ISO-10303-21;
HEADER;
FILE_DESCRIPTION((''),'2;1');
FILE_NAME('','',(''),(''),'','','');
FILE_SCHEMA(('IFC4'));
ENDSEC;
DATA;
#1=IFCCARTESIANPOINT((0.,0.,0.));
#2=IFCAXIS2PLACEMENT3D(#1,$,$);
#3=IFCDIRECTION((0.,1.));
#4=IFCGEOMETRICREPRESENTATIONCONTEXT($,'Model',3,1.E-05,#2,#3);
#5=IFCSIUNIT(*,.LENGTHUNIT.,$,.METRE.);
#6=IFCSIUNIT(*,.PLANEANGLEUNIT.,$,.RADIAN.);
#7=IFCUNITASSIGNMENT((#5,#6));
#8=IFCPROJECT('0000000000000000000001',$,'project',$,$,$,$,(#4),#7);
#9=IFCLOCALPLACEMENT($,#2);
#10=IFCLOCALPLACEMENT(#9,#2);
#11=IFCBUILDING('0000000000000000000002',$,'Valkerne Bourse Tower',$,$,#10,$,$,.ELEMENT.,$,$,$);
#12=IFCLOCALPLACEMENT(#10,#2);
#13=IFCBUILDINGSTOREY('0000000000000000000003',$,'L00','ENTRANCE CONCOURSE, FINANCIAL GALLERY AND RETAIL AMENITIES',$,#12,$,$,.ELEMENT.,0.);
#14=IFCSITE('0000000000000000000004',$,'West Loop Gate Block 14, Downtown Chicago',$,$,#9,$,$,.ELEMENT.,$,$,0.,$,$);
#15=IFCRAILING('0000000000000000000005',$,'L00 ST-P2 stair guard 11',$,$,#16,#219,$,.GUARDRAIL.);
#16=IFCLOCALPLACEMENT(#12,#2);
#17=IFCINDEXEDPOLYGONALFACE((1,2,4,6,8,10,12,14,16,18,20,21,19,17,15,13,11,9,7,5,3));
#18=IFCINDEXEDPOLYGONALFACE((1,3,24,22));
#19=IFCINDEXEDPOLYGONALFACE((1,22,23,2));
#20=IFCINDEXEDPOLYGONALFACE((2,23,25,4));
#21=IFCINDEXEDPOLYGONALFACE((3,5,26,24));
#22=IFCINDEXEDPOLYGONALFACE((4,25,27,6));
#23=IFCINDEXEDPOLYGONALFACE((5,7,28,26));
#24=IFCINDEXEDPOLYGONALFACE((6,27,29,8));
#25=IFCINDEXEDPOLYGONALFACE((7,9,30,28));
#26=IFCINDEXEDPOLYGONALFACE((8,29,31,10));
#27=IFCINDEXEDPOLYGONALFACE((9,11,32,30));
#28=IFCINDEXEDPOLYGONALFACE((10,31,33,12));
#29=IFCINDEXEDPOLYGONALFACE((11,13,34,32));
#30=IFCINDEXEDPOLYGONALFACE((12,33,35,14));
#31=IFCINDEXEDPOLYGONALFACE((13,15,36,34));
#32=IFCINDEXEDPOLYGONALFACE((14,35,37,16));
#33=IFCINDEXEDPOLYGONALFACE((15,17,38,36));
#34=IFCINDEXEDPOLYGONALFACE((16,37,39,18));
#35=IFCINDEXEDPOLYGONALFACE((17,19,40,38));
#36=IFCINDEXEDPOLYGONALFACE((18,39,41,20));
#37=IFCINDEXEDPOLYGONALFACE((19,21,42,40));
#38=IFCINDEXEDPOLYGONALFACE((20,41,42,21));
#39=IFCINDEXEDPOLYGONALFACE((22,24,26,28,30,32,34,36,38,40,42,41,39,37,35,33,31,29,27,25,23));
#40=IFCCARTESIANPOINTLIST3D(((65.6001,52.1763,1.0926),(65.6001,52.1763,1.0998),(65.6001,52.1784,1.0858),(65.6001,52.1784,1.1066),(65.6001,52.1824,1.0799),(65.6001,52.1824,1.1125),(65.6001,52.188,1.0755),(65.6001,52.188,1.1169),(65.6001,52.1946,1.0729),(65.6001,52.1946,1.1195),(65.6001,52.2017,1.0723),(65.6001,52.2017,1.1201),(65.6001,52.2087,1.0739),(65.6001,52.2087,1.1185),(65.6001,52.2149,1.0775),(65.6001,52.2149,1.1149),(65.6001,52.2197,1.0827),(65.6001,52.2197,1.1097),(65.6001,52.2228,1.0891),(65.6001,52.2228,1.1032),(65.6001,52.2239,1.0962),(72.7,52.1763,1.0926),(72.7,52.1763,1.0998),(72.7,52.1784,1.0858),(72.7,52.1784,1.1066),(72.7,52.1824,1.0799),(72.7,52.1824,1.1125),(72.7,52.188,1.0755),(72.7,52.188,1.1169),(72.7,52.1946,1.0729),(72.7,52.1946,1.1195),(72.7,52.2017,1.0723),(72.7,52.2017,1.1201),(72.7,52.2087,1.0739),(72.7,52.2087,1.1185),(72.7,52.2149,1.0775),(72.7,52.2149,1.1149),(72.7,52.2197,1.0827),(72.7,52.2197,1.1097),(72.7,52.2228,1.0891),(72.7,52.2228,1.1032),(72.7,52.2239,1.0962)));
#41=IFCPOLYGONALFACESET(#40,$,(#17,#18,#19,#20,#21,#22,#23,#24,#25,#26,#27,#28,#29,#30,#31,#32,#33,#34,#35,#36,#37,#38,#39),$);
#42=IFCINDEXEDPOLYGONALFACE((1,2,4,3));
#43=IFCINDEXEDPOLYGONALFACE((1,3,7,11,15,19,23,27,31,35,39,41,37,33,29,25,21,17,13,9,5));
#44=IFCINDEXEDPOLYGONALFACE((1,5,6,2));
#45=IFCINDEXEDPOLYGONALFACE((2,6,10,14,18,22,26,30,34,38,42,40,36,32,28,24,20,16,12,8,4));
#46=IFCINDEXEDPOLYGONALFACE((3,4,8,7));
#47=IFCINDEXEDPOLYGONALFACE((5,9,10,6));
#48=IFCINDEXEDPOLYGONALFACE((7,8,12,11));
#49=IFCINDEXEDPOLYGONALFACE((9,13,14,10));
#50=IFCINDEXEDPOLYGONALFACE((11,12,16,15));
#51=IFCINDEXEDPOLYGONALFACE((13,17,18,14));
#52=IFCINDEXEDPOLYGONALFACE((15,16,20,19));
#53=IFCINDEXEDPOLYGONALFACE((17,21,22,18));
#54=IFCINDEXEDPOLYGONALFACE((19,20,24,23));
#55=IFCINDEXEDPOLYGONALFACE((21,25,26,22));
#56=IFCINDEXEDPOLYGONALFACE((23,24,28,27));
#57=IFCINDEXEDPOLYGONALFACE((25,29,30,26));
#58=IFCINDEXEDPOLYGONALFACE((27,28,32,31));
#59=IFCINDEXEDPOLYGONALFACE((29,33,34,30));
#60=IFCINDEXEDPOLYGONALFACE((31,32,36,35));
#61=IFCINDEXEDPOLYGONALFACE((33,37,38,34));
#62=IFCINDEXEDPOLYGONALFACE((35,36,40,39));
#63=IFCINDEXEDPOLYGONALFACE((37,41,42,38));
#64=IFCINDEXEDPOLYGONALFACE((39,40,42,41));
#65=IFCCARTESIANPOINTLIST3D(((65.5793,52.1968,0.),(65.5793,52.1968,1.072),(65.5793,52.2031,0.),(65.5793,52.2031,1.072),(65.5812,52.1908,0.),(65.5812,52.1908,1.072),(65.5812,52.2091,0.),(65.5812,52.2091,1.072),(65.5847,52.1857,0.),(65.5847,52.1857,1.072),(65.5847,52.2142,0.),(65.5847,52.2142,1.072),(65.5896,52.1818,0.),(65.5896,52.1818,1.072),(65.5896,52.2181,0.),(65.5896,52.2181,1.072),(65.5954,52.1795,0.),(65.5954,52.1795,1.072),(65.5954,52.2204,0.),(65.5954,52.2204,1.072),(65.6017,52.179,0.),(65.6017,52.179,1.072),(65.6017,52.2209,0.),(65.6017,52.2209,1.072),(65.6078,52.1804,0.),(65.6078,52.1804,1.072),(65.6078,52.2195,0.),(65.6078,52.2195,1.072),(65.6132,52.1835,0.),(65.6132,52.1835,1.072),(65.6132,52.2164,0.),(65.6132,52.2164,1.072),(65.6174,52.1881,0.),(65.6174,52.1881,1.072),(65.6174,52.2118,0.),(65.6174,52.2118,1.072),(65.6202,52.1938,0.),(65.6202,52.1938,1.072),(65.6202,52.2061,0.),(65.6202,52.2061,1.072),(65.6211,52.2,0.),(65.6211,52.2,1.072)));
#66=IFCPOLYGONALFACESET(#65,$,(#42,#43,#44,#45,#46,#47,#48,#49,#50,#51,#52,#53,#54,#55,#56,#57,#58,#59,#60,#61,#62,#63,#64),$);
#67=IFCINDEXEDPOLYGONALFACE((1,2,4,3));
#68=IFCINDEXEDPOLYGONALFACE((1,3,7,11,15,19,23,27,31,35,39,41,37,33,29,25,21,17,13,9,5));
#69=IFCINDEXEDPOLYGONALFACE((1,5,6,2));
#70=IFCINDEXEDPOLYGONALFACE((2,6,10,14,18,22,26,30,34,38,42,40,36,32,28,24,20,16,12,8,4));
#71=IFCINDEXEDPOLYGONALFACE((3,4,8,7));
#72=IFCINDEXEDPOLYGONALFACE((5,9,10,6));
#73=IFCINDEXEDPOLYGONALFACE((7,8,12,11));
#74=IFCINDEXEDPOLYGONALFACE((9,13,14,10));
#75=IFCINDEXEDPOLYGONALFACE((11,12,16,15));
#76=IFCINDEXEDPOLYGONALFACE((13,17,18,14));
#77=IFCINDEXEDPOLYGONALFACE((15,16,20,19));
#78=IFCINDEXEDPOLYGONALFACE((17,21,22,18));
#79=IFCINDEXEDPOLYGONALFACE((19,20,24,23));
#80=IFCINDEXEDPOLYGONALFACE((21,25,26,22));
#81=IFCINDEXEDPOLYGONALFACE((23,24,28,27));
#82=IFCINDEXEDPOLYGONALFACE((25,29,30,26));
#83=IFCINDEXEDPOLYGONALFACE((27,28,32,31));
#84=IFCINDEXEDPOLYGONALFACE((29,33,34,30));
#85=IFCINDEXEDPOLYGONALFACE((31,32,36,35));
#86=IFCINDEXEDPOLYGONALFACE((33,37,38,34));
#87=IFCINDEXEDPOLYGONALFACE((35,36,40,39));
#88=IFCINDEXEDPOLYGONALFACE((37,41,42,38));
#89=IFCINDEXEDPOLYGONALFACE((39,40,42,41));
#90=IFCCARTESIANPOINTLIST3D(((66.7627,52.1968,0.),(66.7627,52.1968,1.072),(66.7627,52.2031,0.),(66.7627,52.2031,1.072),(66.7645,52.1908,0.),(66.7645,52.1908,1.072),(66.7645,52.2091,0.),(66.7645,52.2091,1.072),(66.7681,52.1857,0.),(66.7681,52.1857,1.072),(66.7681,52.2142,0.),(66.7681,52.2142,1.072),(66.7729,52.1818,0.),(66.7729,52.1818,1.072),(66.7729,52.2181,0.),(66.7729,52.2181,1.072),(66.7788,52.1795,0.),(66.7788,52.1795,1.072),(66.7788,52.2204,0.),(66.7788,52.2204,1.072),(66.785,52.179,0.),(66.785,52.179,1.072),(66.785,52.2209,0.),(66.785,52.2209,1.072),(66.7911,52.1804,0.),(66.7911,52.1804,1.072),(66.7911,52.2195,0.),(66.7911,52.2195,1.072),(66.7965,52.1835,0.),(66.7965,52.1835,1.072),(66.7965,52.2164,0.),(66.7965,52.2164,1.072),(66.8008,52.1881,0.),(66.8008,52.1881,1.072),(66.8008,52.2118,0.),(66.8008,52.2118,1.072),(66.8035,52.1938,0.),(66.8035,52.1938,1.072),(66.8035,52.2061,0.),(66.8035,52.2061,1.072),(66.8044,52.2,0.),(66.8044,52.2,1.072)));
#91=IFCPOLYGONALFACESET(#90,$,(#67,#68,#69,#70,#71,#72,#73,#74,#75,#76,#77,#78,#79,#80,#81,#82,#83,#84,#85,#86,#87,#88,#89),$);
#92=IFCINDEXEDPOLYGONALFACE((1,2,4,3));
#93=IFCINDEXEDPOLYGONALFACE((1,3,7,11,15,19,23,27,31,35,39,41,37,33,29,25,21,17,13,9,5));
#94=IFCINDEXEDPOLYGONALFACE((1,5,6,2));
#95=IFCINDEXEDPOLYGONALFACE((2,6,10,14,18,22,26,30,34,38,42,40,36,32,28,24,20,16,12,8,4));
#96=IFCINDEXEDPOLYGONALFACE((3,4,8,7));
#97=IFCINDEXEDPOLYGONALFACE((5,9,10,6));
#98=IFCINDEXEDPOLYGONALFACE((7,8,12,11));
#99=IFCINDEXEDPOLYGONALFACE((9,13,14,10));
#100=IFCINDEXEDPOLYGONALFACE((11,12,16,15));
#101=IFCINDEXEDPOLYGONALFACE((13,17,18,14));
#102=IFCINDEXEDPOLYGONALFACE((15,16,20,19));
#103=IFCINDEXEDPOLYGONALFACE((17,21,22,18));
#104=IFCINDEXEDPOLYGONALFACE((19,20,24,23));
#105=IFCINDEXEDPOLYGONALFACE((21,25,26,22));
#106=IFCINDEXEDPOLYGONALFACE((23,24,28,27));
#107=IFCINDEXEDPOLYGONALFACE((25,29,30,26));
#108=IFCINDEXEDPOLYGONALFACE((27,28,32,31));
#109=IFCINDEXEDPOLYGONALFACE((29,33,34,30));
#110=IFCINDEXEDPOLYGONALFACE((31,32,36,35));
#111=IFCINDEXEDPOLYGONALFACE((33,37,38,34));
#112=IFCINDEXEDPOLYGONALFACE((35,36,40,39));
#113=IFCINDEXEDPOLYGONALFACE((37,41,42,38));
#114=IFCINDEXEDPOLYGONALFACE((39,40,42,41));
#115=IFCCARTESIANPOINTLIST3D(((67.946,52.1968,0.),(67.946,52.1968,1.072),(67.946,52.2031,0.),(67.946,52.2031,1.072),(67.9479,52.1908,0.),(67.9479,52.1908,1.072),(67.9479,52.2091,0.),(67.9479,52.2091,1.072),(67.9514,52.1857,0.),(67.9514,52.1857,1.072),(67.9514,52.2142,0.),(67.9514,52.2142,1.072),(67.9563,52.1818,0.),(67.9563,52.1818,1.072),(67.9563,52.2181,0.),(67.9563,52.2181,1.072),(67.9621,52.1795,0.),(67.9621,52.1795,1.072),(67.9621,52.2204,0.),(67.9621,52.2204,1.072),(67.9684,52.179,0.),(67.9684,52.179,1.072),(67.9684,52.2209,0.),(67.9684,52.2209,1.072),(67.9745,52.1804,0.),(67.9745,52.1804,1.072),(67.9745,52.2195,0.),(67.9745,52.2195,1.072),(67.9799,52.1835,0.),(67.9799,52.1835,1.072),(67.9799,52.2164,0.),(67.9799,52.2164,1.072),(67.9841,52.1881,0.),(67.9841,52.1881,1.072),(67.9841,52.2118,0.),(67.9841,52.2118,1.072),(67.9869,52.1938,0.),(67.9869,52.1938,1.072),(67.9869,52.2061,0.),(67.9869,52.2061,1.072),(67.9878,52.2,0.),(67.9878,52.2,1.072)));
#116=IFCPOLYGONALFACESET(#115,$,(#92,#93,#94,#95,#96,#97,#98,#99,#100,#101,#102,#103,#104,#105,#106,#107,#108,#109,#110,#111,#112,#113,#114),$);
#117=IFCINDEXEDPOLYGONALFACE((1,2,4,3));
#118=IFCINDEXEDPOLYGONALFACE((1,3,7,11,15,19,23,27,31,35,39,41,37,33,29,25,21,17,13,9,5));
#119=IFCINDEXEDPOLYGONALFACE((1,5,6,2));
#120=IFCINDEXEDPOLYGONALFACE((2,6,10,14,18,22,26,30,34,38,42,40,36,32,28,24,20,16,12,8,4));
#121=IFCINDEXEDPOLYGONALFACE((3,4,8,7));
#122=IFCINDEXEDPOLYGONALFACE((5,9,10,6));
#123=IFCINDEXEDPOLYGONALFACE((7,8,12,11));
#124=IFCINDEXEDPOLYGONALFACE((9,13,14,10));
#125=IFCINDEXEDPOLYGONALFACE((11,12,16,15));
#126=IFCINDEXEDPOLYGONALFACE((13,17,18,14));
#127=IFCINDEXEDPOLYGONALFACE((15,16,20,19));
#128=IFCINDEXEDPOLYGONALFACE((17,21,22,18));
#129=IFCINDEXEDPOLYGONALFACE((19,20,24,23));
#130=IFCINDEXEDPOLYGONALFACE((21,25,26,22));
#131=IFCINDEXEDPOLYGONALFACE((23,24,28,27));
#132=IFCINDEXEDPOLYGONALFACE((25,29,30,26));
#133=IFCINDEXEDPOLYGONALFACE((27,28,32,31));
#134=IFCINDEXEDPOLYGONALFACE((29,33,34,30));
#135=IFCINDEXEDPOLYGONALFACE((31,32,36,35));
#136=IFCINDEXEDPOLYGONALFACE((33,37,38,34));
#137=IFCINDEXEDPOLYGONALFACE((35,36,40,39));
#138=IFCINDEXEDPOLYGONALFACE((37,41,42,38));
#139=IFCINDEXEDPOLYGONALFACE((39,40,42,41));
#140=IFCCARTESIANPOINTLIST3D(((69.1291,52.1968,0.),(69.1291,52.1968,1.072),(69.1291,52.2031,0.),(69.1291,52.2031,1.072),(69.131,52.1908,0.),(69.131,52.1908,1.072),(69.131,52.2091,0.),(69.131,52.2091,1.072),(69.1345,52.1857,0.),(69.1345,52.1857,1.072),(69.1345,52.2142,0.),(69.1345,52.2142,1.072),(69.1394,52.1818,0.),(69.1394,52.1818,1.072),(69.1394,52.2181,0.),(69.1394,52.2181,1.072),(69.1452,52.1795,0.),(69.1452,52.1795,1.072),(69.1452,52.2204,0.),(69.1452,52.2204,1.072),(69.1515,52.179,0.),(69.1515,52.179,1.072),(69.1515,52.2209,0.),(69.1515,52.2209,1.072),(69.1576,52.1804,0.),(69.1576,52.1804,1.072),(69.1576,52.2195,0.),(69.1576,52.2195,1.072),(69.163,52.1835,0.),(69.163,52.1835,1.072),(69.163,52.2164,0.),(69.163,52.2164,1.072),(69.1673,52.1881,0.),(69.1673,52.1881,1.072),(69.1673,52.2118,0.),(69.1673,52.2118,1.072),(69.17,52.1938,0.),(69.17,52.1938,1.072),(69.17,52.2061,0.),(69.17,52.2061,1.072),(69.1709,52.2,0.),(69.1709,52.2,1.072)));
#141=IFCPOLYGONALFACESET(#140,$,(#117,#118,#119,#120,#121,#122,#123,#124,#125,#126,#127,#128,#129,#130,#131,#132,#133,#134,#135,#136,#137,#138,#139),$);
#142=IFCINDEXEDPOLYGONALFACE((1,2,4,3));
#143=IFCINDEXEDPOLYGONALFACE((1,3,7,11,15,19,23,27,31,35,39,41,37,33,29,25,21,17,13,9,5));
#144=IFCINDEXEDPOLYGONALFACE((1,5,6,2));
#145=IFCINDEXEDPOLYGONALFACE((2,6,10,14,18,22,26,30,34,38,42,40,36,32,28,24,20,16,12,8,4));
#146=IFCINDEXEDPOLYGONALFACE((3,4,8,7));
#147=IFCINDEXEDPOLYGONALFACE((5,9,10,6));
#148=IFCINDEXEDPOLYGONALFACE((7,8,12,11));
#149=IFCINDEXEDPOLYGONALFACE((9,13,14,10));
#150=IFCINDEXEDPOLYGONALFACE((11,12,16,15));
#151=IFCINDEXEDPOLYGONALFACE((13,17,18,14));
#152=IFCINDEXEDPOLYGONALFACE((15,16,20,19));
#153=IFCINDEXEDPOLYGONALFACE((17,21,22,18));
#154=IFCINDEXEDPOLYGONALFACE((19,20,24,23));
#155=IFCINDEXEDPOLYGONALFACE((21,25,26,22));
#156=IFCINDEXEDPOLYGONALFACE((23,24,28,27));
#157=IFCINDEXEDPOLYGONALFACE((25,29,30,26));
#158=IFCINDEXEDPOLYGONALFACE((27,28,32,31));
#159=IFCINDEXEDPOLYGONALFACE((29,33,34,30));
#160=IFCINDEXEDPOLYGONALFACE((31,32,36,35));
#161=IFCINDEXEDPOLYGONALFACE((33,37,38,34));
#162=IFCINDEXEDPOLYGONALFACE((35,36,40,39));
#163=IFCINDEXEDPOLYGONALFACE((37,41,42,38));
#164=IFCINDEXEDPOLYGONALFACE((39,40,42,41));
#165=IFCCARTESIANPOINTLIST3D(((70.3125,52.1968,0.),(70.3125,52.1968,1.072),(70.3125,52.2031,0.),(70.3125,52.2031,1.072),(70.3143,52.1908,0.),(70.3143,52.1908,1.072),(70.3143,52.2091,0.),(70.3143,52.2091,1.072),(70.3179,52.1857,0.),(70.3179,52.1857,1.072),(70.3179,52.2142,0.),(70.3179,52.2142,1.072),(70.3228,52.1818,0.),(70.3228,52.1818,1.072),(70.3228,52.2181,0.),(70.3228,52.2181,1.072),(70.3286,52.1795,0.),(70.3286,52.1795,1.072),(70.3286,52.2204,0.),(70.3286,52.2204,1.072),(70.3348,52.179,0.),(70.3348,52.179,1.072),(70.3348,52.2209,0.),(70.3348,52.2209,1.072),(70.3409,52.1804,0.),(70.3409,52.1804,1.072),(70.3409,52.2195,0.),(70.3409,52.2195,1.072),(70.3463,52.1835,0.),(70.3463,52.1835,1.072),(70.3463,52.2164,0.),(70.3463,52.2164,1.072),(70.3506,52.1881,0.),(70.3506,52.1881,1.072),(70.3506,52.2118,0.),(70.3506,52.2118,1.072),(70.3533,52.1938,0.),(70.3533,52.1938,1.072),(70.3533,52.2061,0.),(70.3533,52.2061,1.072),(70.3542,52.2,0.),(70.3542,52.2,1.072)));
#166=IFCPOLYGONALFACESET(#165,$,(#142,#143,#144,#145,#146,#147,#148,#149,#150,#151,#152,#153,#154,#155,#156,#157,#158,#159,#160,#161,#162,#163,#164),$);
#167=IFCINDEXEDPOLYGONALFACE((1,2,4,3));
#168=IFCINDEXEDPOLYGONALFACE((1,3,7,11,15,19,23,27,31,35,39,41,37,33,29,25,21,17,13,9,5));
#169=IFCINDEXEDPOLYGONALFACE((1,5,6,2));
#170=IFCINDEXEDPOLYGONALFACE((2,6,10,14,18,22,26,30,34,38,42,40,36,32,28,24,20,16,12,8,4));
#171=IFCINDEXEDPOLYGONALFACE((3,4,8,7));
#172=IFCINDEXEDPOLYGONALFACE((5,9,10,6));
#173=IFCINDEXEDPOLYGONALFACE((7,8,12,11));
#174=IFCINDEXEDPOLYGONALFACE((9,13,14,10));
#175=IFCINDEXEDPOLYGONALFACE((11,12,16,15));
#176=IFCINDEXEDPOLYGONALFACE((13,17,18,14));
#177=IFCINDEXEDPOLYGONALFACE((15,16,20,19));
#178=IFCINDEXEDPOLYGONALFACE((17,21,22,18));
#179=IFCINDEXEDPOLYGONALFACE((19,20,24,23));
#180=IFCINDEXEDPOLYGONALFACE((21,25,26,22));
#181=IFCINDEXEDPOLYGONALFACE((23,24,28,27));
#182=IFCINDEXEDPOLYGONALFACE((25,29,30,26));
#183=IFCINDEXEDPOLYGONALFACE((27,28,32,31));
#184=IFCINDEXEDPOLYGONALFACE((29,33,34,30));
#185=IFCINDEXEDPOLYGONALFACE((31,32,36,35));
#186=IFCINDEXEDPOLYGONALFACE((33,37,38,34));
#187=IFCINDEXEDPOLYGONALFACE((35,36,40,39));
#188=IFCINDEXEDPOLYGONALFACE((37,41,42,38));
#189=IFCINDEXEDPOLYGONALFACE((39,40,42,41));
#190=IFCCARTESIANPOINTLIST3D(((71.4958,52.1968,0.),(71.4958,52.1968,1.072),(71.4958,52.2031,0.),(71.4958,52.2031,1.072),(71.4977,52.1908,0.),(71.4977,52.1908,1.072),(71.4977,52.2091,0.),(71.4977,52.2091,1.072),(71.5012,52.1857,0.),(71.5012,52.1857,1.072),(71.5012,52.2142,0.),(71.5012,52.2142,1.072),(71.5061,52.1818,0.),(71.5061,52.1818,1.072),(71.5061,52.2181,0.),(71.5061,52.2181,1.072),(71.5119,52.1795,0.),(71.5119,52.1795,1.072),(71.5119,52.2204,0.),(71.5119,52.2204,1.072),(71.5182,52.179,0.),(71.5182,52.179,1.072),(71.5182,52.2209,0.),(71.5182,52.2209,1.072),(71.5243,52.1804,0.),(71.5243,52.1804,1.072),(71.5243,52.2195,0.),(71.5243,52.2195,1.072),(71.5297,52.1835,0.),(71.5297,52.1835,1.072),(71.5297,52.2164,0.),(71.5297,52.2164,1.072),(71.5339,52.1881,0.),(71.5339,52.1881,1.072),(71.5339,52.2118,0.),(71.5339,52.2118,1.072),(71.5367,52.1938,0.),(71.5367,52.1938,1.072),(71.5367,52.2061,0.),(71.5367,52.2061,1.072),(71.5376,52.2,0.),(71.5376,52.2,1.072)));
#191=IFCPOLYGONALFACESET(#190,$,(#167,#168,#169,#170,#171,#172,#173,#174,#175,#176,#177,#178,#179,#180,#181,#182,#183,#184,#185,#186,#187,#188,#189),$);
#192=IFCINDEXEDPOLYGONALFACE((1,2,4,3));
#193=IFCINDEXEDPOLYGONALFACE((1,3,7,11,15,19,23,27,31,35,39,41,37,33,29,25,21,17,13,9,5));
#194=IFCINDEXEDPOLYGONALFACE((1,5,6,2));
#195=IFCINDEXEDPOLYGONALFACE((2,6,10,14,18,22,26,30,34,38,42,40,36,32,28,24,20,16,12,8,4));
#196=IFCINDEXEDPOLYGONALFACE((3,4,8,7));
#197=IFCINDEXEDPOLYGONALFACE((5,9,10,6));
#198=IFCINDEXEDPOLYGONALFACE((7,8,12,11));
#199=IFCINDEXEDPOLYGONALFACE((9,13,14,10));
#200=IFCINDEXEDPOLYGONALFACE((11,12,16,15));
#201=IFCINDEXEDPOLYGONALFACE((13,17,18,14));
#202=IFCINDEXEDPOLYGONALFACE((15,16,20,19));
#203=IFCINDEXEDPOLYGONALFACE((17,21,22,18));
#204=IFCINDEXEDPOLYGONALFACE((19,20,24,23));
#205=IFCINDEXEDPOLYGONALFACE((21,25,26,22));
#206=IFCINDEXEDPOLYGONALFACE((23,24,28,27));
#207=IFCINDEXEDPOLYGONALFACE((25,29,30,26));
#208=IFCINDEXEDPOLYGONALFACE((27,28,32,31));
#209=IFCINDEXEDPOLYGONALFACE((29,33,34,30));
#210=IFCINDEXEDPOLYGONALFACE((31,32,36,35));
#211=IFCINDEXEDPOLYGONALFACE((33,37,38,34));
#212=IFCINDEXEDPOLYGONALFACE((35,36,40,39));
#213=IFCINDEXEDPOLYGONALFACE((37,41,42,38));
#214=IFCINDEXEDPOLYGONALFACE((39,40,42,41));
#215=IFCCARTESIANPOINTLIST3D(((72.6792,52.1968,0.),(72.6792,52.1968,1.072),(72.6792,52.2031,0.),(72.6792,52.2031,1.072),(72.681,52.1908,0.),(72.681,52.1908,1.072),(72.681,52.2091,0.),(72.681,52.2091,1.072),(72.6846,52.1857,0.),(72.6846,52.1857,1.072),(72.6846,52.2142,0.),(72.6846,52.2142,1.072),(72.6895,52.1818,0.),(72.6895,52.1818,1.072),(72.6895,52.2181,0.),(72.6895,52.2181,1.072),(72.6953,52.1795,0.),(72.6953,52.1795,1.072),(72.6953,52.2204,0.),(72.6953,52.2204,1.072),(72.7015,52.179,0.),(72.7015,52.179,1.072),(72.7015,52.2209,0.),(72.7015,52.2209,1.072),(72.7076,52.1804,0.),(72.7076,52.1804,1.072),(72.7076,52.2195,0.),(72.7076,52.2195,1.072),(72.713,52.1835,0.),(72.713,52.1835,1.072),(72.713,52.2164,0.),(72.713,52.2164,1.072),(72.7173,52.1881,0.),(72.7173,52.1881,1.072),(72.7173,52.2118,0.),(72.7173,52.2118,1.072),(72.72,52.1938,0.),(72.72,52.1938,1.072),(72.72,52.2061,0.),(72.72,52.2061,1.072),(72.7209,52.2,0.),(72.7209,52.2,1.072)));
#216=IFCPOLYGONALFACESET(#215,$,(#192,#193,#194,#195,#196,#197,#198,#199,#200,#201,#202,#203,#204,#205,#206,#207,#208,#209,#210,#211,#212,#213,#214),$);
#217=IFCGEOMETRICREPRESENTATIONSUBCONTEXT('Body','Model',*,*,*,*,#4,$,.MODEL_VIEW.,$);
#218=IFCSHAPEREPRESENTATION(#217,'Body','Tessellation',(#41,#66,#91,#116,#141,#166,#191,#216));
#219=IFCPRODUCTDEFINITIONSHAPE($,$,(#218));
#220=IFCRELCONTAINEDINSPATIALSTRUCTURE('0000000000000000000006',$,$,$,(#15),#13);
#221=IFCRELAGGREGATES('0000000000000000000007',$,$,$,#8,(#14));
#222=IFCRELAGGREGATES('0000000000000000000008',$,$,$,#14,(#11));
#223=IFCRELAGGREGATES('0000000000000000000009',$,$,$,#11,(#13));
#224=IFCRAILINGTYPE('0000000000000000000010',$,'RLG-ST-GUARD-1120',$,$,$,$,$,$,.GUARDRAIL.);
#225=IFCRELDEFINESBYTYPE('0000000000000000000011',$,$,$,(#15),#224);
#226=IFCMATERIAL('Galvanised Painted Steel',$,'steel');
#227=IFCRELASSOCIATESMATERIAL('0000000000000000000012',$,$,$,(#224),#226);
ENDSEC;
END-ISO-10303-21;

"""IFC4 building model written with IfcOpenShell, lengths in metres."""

from ifc_helpers import new_model, si_unit, direction, frame, origin, origin_2d, place, context, subcontext, project, spatial, circle, extrude, material, type_object, element, save


model = new_model("IFC4")

# Units and contexts
model_context = context("Model", 3, precision=1e-05, world=origin(), true_north=direction((0.0, 1.0)))
body_context = subcontext(model_context, "Body", "Model", "MODEL_VIEW")
ifc_project = project(units=[si_unit("LENGTHUNIT", "METRE"), si_unit("PLANEANGLEUNIT", "RADIAN")], contexts=[model_context])

# Site, building, storey
site_placement = place(None, origin())
site = spatial("IfcSite", under=ifc_project, at=site_placement, Name="West Loop Gate Block 14, Downtown Chicago", CompositionType="ELEMENT", RefElevation=0.0)
building_placement = place(site_placement, origin())
building = spatial("IfcBuilding", under=site, at=building_placement, Name="Valkerne Bourse Tower", CompositionType="ELEMENT")
storey_placement = place(building_placement, origin())
storey = spatial("IfcBuildingStorey", under=building, at=storey_placement, Name="L00", Description="ENTRANCE CONCOURSE, FINANCIAL GALLERY AND RETAIL AMENITIES", CompositionType="ELEMENT", Elevation=0.0)

# Shared definitions
ifc_material_1 = material(Name="Galvanised Painted Steel", Category="steel")

# Railing
railing_type_1 = type_object("IfcRailingType", Name="RLG-ST-GUARD-1120", PredefinedType="GUARDRAIL", material=ifc_material_1)
for number, where, name in (
    (1, (65.6001, 52.2, 0.0), "L00 ST-P2 stair guard 11"),
):
    element("IfcRailing", number, at=place(storey_placement, frame(where)), inside=storey, type_object=railing_type_1, Name=name, PredefinedType="GUARDRAIL", context=body_context, shape_type="SweptSolid", body=[
        extrude(circle(Radius=0.0239, at=origin_2d()), frame((0.0, 0.0, 1.0962), z_axis=(1.0, 0.0, 0.0), x_axis=(0.0, 1.0, 0.0)), (0.0, 0.0, 1.0), 7.0999),
        extrude(circle(Radius=0.021, at=origin_2d()), origin(), (0.0, 0.0, 1.0), 1.072),
        extrude(circle(Radius=0.021, at=origin_2d()), frame((1.1833, 0.0, 0.0)), (0.0, 0.0, 1.0), 1.072),
        extrude(circle(Radius=0.021, at=origin_2d()), frame((2.3667, 0.0, 0.0)), (0.0, 0.0, 1.0), 1.072),
        extrude(circle(Radius=0.021, at=origin_2d()), frame((3.5498, 0.0, 0.0)), (0.0, 0.0, 1.0), 1.072),
        extrude(circle(Radius=0.021, at=origin_2d()), frame((4.7332, 0.0, 0.0)), (0.0, 0.0, 1.0), 1.072),
        extrude(circle(Radius=0.021, at=origin_2d()), frame((5.9165, 0.0, 0.0)), (0.0, 0.0, 1.0), 1.072),
        extrude(circle(Radius=0.021, at=origin_2d()), frame((7.0999, 0.0, 0.0)), (0.0, 0.0, 1.0), 1.072),
    ])

save(model, "model.ifc")
